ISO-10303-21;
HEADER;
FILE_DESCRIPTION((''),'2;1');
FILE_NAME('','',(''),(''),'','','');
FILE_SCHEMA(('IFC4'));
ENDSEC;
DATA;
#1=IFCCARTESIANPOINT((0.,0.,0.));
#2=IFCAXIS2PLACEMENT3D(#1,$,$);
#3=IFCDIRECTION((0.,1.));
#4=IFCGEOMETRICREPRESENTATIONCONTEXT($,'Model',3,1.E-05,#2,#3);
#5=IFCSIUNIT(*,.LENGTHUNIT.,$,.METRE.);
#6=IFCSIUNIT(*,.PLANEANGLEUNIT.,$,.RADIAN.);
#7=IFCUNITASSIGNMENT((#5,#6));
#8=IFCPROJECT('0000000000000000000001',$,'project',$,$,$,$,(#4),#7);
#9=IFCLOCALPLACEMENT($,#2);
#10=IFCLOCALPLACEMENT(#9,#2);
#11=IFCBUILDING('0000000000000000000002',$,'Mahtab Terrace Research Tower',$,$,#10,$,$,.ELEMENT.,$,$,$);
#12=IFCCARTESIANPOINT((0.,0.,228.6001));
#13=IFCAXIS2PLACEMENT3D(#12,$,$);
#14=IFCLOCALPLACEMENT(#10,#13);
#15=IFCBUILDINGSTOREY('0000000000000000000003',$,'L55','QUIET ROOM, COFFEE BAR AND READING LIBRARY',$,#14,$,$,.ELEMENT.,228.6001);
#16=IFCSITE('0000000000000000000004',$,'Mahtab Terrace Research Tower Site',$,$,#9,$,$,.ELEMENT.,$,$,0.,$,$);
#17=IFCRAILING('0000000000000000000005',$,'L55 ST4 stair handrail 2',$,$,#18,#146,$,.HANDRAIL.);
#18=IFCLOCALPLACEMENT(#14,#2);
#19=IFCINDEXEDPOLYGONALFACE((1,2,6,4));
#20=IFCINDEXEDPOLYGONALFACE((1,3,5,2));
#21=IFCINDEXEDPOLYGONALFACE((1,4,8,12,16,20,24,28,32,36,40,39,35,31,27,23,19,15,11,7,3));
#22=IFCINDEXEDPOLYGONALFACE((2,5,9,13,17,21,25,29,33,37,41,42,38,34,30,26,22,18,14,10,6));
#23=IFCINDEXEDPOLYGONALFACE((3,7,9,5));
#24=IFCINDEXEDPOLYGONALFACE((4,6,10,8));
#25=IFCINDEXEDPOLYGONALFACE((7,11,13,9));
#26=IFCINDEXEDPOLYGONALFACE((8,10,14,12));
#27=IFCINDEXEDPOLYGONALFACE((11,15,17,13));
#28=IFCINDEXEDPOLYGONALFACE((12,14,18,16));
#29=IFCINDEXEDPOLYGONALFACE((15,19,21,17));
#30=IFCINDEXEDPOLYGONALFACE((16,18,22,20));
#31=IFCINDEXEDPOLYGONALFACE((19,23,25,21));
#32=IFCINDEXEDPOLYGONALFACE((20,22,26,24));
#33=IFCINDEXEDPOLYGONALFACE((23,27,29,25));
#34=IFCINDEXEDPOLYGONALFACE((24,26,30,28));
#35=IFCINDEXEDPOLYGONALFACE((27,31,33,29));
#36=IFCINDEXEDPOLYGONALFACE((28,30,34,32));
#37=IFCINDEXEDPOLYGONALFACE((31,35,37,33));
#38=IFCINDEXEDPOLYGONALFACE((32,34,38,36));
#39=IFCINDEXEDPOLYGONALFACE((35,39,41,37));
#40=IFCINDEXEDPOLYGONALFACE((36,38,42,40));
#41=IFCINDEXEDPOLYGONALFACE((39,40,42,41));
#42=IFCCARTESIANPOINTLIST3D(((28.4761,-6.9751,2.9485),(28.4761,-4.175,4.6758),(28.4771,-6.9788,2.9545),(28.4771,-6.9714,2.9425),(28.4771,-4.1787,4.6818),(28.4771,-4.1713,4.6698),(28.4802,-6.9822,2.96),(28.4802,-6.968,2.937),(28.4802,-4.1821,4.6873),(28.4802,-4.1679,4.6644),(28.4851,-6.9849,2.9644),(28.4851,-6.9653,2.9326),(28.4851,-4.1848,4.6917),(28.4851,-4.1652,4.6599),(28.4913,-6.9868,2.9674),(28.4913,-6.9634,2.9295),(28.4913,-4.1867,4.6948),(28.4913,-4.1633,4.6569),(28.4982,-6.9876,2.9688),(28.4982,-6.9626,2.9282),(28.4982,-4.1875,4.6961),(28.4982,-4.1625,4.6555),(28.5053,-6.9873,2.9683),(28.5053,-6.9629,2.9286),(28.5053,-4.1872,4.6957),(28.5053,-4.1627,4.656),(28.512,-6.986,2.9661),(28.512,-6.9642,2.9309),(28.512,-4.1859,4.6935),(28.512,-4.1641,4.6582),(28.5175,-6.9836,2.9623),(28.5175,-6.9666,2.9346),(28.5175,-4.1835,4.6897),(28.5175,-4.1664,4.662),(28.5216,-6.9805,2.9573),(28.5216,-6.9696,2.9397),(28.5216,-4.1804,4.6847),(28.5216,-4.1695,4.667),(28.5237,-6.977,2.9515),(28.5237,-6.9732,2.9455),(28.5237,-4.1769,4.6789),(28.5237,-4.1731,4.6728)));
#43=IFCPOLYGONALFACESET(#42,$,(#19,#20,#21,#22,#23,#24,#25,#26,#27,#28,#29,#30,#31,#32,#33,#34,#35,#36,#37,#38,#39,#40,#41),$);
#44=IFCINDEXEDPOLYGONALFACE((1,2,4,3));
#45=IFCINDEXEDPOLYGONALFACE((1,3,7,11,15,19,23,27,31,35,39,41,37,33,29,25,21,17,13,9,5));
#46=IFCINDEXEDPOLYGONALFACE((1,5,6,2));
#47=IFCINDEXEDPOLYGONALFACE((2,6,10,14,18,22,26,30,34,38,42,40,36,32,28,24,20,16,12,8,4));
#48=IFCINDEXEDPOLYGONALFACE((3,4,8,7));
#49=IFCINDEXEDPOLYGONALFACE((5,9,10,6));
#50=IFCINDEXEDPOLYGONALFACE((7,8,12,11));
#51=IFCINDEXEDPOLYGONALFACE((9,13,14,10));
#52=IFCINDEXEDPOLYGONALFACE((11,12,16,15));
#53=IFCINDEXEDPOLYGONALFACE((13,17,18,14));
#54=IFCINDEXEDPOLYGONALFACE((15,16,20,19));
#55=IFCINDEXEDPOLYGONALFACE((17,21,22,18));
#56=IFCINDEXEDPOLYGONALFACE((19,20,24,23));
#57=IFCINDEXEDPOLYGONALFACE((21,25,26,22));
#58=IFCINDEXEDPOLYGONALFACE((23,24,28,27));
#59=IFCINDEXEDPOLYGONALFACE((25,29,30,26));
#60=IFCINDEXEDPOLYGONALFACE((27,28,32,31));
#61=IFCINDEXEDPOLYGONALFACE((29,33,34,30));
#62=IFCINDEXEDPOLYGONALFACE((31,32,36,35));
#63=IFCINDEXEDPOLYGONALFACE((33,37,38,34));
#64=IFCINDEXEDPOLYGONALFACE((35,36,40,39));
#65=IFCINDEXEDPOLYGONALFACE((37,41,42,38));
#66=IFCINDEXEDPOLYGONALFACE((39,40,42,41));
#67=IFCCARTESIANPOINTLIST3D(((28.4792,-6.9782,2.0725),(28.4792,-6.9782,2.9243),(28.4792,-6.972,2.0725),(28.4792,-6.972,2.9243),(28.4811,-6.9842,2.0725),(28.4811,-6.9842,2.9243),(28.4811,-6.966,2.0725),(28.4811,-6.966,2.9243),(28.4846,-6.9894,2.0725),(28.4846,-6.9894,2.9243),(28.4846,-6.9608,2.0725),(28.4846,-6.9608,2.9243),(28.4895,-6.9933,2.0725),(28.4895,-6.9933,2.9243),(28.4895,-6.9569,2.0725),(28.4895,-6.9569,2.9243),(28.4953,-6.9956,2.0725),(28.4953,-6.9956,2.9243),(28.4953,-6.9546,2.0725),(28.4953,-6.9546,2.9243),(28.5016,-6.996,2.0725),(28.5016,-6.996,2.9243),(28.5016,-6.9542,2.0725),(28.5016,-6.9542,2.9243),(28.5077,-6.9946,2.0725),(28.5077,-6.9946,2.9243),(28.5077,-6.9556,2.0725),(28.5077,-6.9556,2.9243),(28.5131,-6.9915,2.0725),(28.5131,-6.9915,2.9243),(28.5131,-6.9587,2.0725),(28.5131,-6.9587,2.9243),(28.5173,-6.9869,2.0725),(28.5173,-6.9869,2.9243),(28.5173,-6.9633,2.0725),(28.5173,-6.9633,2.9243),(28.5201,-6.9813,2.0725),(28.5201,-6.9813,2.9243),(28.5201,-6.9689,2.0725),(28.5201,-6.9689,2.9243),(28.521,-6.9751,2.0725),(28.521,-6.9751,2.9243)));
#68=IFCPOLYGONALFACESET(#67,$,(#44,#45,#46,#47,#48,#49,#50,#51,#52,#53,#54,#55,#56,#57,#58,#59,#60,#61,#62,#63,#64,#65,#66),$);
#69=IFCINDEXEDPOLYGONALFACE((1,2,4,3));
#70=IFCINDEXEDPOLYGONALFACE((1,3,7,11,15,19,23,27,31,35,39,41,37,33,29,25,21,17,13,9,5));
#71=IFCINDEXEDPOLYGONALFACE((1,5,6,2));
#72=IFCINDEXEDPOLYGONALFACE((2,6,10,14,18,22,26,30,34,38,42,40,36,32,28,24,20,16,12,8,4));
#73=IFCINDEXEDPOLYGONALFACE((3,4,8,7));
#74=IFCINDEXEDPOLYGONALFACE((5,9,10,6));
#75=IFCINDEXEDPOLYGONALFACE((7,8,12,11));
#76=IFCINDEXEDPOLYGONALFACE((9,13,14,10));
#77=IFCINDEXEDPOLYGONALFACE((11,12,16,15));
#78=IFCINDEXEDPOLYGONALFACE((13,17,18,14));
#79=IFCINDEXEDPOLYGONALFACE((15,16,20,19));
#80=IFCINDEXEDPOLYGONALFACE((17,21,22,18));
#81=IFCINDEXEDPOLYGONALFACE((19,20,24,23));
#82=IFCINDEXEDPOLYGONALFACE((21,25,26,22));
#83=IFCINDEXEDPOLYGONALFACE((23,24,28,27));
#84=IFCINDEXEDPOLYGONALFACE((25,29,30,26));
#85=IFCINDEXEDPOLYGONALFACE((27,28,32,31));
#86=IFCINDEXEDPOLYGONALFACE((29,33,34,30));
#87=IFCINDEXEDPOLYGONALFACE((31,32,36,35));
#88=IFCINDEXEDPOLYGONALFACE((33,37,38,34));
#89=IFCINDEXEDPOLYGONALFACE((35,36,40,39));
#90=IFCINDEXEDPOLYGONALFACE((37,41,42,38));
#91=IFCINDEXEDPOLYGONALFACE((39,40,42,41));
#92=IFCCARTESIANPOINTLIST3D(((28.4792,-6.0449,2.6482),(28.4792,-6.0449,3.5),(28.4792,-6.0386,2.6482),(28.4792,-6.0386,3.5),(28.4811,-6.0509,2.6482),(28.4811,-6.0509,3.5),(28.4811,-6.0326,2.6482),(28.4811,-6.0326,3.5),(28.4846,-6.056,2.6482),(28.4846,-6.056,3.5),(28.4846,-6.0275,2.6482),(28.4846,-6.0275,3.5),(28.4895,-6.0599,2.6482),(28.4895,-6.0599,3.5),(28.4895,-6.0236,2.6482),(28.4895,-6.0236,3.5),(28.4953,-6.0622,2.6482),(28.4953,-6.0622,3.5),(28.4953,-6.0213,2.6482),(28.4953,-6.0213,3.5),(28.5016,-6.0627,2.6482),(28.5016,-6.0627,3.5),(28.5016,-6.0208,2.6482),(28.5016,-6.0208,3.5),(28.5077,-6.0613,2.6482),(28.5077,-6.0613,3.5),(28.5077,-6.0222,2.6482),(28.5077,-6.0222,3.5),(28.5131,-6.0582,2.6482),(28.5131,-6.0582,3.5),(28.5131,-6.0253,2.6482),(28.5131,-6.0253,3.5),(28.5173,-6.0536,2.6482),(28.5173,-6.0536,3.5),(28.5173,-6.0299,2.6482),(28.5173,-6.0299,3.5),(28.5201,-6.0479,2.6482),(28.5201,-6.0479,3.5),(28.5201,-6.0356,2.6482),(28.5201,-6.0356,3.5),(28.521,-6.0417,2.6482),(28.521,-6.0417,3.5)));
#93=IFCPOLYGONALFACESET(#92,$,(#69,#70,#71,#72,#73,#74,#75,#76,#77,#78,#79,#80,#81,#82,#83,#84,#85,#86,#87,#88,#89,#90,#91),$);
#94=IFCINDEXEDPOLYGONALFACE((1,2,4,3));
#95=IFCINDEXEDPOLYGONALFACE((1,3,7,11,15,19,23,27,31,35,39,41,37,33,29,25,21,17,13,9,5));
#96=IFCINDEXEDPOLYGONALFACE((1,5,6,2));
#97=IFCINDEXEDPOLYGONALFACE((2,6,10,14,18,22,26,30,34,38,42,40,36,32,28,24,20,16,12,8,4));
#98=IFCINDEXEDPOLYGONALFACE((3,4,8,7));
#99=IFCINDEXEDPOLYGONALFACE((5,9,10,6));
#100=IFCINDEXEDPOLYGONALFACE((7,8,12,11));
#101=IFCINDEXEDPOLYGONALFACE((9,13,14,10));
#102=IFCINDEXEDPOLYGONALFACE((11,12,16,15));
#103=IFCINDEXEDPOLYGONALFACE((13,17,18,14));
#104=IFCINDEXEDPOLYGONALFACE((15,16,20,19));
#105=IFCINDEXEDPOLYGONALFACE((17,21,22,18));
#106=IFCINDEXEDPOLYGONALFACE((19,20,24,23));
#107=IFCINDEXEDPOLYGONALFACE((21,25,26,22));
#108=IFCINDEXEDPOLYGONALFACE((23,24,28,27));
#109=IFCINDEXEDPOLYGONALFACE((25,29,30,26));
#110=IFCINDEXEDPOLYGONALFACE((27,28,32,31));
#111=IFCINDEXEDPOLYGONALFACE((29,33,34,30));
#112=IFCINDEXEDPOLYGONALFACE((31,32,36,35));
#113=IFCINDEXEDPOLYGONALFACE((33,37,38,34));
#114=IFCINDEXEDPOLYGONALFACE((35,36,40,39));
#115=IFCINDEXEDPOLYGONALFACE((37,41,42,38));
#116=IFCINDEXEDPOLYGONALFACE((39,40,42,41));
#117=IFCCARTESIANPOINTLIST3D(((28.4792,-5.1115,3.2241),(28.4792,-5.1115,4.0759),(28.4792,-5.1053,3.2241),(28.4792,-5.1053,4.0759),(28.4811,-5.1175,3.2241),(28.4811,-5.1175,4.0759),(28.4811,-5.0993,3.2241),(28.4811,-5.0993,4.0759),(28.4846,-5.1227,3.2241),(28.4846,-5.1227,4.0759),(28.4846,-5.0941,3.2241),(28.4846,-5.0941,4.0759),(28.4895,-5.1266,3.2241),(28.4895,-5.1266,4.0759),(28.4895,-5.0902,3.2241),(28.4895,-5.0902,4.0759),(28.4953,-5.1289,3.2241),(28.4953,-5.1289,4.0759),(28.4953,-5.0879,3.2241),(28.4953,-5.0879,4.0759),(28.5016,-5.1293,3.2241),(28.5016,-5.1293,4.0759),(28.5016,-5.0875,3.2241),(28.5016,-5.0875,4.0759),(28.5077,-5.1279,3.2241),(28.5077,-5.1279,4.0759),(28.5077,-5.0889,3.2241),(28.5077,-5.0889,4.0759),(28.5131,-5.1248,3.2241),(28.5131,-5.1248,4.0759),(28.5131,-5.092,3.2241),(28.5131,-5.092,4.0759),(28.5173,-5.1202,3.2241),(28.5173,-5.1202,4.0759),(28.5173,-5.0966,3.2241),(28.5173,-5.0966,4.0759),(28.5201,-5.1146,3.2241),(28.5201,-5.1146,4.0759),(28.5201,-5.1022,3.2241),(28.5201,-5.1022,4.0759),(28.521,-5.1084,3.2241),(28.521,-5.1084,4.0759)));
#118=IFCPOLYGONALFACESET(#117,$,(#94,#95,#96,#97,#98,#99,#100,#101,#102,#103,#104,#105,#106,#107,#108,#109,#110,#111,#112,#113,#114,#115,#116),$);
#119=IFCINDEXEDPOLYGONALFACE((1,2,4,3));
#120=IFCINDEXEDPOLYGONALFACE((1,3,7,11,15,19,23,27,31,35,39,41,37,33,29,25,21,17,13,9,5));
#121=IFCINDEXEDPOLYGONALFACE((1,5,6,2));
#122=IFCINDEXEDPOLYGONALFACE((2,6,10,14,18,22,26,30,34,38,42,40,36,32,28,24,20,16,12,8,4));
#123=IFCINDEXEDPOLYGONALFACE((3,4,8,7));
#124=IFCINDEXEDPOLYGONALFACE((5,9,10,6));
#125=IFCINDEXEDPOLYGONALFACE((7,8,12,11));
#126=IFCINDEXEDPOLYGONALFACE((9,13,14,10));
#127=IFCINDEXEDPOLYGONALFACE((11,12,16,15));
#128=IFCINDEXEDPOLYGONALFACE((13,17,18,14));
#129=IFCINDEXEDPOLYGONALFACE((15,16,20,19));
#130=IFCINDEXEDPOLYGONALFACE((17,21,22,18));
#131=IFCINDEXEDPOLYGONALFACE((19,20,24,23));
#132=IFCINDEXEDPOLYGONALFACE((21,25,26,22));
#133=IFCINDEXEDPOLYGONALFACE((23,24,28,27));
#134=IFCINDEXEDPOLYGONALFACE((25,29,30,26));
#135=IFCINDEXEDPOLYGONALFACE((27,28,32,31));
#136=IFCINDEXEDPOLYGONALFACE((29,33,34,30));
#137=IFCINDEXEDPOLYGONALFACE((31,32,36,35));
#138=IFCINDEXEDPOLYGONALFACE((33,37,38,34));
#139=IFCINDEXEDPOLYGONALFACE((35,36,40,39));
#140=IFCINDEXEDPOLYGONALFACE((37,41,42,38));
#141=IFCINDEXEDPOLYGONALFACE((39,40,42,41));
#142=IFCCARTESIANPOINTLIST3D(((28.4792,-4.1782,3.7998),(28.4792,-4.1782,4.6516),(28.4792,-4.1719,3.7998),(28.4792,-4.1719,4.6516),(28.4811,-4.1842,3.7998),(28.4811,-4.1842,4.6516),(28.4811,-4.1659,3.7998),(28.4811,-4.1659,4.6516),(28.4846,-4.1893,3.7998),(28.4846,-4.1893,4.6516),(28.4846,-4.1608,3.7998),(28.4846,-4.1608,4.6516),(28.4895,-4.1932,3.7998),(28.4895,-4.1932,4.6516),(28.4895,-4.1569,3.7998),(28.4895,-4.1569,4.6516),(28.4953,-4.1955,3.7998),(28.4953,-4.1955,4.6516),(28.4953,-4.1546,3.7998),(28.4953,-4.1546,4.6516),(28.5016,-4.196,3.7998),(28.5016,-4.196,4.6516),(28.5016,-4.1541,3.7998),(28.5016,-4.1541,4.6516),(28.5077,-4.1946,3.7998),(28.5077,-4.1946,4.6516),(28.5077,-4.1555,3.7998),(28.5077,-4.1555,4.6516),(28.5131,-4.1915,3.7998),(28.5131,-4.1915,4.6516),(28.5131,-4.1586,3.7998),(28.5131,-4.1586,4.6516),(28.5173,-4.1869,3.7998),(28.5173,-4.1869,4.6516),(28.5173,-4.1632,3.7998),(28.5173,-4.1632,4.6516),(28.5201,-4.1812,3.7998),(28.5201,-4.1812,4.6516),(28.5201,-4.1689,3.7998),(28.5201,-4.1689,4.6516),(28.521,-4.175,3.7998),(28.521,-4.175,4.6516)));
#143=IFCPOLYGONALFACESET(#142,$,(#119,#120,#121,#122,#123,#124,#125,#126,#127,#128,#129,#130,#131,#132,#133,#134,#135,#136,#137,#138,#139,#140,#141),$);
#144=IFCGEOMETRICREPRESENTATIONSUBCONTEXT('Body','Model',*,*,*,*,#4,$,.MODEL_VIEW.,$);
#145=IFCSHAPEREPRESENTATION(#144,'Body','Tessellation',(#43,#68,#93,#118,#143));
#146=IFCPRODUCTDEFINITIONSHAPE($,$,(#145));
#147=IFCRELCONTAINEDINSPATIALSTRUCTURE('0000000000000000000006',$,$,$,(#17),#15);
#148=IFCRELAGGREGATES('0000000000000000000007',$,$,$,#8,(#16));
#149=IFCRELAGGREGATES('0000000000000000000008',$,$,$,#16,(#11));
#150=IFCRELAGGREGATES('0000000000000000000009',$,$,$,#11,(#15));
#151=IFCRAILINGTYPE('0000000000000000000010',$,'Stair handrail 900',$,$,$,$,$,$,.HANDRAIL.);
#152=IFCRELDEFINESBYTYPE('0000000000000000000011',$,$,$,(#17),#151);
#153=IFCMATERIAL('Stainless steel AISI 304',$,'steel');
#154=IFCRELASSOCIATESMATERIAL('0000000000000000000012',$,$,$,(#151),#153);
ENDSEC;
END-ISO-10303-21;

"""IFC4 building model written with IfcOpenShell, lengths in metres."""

from ifc_helpers import new_model, si_unit, direction, frame, origin, origin_2d, place, context, subcontext, project, spatial, circle, extrude, material, type_object, element, save


model = new_model("IFC4")

# Units and contexts
model_context = context("Model", 3, precision=1e-05, world=origin(), true_north=direction((0.0, 1.0)))
body_context = subcontext(model_context, "Body", "Model", "MODEL_VIEW")
ifc_project = project(units=[si_unit("LENGTHUNIT", "METRE"), si_unit("PLANEANGLEUNIT", "RADIAN")], contexts=[model_context])

# Site, building, storey
site_placement = place(None, origin())
site = spatial("IfcSite", under=ifc_project, at=site_placement, Name="Mahtab Terrace Research Tower Site", CompositionType="ELEMENT", RefElevation=0.0)
building_placement = place(site_placement, origin())
building = spatial("IfcBuilding", under=site, at=building_placement, Name="Mahtab Terrace Research Tower", CompositionType="ELEMENT")
storey_placement = place(building_placement, frame((0.0, 0.0, 228.6001)))
storey = spatial("IfcBuildingStorey", under=building, at=storey_placement, Name="L55", Description="QUIET ROOM, COFFEE BAR AND READING LIBRARY", CompositionType="ELEMENT", Elevation=228.6001)

# Railing
ifc_material_1 = material(Name="Stainless steel AISI 304", Category="steel")
railing_type_1 = type_object("IfcRailingType", Name="Stair handrail 900", PredefinedType="HANDRAIL", material=ifc_material_1)
railing_1_placement = place(storey_placement, frame((28.5, -6.9751, 2.0725)))
element("IfcRailing", 1, at=railing_1_placement, inside=storey, type_object=railing_type_1, Name="L55 ST4 stair handrail 2", PredefinedType="HANDRAIL", context=body_context, shape_type="SweptSolid", body=[
    extrude(circle(Radius=0.0239, at=origin_2d()), frame((0.0, 0.0, 0.876), z_axis=(0.0, 0.85109, 0.52502), x_axis=(-1.0, 0.0, 0.0)), (0.0, 0.0, 1.0), 3.29),
    extrude(circle(Radius=0.021, at=origin_2d()), origin(), (0.0, 0.0, 1.0), 0.8518),
    extrude(circle(Radius=0.021, at=origin_2d()), frame((0.0, 0.9333, 0.5757)), (0.0, 0.0, 1.0), 0.8518),
    extrude(circle(Radius=0.021, at=origin_2d()), frame((0.0, 1.8667, 1.1516)), (0.0, 0.0, 1.0), 0.8518),
    extrude(circle(Radius=0.021, at=origin_2d()), frame((0.0, 2.8, 1.7273)), (0.0, 0.0, 1.0), 0.8518),
])

save(model, "model.ifc")
